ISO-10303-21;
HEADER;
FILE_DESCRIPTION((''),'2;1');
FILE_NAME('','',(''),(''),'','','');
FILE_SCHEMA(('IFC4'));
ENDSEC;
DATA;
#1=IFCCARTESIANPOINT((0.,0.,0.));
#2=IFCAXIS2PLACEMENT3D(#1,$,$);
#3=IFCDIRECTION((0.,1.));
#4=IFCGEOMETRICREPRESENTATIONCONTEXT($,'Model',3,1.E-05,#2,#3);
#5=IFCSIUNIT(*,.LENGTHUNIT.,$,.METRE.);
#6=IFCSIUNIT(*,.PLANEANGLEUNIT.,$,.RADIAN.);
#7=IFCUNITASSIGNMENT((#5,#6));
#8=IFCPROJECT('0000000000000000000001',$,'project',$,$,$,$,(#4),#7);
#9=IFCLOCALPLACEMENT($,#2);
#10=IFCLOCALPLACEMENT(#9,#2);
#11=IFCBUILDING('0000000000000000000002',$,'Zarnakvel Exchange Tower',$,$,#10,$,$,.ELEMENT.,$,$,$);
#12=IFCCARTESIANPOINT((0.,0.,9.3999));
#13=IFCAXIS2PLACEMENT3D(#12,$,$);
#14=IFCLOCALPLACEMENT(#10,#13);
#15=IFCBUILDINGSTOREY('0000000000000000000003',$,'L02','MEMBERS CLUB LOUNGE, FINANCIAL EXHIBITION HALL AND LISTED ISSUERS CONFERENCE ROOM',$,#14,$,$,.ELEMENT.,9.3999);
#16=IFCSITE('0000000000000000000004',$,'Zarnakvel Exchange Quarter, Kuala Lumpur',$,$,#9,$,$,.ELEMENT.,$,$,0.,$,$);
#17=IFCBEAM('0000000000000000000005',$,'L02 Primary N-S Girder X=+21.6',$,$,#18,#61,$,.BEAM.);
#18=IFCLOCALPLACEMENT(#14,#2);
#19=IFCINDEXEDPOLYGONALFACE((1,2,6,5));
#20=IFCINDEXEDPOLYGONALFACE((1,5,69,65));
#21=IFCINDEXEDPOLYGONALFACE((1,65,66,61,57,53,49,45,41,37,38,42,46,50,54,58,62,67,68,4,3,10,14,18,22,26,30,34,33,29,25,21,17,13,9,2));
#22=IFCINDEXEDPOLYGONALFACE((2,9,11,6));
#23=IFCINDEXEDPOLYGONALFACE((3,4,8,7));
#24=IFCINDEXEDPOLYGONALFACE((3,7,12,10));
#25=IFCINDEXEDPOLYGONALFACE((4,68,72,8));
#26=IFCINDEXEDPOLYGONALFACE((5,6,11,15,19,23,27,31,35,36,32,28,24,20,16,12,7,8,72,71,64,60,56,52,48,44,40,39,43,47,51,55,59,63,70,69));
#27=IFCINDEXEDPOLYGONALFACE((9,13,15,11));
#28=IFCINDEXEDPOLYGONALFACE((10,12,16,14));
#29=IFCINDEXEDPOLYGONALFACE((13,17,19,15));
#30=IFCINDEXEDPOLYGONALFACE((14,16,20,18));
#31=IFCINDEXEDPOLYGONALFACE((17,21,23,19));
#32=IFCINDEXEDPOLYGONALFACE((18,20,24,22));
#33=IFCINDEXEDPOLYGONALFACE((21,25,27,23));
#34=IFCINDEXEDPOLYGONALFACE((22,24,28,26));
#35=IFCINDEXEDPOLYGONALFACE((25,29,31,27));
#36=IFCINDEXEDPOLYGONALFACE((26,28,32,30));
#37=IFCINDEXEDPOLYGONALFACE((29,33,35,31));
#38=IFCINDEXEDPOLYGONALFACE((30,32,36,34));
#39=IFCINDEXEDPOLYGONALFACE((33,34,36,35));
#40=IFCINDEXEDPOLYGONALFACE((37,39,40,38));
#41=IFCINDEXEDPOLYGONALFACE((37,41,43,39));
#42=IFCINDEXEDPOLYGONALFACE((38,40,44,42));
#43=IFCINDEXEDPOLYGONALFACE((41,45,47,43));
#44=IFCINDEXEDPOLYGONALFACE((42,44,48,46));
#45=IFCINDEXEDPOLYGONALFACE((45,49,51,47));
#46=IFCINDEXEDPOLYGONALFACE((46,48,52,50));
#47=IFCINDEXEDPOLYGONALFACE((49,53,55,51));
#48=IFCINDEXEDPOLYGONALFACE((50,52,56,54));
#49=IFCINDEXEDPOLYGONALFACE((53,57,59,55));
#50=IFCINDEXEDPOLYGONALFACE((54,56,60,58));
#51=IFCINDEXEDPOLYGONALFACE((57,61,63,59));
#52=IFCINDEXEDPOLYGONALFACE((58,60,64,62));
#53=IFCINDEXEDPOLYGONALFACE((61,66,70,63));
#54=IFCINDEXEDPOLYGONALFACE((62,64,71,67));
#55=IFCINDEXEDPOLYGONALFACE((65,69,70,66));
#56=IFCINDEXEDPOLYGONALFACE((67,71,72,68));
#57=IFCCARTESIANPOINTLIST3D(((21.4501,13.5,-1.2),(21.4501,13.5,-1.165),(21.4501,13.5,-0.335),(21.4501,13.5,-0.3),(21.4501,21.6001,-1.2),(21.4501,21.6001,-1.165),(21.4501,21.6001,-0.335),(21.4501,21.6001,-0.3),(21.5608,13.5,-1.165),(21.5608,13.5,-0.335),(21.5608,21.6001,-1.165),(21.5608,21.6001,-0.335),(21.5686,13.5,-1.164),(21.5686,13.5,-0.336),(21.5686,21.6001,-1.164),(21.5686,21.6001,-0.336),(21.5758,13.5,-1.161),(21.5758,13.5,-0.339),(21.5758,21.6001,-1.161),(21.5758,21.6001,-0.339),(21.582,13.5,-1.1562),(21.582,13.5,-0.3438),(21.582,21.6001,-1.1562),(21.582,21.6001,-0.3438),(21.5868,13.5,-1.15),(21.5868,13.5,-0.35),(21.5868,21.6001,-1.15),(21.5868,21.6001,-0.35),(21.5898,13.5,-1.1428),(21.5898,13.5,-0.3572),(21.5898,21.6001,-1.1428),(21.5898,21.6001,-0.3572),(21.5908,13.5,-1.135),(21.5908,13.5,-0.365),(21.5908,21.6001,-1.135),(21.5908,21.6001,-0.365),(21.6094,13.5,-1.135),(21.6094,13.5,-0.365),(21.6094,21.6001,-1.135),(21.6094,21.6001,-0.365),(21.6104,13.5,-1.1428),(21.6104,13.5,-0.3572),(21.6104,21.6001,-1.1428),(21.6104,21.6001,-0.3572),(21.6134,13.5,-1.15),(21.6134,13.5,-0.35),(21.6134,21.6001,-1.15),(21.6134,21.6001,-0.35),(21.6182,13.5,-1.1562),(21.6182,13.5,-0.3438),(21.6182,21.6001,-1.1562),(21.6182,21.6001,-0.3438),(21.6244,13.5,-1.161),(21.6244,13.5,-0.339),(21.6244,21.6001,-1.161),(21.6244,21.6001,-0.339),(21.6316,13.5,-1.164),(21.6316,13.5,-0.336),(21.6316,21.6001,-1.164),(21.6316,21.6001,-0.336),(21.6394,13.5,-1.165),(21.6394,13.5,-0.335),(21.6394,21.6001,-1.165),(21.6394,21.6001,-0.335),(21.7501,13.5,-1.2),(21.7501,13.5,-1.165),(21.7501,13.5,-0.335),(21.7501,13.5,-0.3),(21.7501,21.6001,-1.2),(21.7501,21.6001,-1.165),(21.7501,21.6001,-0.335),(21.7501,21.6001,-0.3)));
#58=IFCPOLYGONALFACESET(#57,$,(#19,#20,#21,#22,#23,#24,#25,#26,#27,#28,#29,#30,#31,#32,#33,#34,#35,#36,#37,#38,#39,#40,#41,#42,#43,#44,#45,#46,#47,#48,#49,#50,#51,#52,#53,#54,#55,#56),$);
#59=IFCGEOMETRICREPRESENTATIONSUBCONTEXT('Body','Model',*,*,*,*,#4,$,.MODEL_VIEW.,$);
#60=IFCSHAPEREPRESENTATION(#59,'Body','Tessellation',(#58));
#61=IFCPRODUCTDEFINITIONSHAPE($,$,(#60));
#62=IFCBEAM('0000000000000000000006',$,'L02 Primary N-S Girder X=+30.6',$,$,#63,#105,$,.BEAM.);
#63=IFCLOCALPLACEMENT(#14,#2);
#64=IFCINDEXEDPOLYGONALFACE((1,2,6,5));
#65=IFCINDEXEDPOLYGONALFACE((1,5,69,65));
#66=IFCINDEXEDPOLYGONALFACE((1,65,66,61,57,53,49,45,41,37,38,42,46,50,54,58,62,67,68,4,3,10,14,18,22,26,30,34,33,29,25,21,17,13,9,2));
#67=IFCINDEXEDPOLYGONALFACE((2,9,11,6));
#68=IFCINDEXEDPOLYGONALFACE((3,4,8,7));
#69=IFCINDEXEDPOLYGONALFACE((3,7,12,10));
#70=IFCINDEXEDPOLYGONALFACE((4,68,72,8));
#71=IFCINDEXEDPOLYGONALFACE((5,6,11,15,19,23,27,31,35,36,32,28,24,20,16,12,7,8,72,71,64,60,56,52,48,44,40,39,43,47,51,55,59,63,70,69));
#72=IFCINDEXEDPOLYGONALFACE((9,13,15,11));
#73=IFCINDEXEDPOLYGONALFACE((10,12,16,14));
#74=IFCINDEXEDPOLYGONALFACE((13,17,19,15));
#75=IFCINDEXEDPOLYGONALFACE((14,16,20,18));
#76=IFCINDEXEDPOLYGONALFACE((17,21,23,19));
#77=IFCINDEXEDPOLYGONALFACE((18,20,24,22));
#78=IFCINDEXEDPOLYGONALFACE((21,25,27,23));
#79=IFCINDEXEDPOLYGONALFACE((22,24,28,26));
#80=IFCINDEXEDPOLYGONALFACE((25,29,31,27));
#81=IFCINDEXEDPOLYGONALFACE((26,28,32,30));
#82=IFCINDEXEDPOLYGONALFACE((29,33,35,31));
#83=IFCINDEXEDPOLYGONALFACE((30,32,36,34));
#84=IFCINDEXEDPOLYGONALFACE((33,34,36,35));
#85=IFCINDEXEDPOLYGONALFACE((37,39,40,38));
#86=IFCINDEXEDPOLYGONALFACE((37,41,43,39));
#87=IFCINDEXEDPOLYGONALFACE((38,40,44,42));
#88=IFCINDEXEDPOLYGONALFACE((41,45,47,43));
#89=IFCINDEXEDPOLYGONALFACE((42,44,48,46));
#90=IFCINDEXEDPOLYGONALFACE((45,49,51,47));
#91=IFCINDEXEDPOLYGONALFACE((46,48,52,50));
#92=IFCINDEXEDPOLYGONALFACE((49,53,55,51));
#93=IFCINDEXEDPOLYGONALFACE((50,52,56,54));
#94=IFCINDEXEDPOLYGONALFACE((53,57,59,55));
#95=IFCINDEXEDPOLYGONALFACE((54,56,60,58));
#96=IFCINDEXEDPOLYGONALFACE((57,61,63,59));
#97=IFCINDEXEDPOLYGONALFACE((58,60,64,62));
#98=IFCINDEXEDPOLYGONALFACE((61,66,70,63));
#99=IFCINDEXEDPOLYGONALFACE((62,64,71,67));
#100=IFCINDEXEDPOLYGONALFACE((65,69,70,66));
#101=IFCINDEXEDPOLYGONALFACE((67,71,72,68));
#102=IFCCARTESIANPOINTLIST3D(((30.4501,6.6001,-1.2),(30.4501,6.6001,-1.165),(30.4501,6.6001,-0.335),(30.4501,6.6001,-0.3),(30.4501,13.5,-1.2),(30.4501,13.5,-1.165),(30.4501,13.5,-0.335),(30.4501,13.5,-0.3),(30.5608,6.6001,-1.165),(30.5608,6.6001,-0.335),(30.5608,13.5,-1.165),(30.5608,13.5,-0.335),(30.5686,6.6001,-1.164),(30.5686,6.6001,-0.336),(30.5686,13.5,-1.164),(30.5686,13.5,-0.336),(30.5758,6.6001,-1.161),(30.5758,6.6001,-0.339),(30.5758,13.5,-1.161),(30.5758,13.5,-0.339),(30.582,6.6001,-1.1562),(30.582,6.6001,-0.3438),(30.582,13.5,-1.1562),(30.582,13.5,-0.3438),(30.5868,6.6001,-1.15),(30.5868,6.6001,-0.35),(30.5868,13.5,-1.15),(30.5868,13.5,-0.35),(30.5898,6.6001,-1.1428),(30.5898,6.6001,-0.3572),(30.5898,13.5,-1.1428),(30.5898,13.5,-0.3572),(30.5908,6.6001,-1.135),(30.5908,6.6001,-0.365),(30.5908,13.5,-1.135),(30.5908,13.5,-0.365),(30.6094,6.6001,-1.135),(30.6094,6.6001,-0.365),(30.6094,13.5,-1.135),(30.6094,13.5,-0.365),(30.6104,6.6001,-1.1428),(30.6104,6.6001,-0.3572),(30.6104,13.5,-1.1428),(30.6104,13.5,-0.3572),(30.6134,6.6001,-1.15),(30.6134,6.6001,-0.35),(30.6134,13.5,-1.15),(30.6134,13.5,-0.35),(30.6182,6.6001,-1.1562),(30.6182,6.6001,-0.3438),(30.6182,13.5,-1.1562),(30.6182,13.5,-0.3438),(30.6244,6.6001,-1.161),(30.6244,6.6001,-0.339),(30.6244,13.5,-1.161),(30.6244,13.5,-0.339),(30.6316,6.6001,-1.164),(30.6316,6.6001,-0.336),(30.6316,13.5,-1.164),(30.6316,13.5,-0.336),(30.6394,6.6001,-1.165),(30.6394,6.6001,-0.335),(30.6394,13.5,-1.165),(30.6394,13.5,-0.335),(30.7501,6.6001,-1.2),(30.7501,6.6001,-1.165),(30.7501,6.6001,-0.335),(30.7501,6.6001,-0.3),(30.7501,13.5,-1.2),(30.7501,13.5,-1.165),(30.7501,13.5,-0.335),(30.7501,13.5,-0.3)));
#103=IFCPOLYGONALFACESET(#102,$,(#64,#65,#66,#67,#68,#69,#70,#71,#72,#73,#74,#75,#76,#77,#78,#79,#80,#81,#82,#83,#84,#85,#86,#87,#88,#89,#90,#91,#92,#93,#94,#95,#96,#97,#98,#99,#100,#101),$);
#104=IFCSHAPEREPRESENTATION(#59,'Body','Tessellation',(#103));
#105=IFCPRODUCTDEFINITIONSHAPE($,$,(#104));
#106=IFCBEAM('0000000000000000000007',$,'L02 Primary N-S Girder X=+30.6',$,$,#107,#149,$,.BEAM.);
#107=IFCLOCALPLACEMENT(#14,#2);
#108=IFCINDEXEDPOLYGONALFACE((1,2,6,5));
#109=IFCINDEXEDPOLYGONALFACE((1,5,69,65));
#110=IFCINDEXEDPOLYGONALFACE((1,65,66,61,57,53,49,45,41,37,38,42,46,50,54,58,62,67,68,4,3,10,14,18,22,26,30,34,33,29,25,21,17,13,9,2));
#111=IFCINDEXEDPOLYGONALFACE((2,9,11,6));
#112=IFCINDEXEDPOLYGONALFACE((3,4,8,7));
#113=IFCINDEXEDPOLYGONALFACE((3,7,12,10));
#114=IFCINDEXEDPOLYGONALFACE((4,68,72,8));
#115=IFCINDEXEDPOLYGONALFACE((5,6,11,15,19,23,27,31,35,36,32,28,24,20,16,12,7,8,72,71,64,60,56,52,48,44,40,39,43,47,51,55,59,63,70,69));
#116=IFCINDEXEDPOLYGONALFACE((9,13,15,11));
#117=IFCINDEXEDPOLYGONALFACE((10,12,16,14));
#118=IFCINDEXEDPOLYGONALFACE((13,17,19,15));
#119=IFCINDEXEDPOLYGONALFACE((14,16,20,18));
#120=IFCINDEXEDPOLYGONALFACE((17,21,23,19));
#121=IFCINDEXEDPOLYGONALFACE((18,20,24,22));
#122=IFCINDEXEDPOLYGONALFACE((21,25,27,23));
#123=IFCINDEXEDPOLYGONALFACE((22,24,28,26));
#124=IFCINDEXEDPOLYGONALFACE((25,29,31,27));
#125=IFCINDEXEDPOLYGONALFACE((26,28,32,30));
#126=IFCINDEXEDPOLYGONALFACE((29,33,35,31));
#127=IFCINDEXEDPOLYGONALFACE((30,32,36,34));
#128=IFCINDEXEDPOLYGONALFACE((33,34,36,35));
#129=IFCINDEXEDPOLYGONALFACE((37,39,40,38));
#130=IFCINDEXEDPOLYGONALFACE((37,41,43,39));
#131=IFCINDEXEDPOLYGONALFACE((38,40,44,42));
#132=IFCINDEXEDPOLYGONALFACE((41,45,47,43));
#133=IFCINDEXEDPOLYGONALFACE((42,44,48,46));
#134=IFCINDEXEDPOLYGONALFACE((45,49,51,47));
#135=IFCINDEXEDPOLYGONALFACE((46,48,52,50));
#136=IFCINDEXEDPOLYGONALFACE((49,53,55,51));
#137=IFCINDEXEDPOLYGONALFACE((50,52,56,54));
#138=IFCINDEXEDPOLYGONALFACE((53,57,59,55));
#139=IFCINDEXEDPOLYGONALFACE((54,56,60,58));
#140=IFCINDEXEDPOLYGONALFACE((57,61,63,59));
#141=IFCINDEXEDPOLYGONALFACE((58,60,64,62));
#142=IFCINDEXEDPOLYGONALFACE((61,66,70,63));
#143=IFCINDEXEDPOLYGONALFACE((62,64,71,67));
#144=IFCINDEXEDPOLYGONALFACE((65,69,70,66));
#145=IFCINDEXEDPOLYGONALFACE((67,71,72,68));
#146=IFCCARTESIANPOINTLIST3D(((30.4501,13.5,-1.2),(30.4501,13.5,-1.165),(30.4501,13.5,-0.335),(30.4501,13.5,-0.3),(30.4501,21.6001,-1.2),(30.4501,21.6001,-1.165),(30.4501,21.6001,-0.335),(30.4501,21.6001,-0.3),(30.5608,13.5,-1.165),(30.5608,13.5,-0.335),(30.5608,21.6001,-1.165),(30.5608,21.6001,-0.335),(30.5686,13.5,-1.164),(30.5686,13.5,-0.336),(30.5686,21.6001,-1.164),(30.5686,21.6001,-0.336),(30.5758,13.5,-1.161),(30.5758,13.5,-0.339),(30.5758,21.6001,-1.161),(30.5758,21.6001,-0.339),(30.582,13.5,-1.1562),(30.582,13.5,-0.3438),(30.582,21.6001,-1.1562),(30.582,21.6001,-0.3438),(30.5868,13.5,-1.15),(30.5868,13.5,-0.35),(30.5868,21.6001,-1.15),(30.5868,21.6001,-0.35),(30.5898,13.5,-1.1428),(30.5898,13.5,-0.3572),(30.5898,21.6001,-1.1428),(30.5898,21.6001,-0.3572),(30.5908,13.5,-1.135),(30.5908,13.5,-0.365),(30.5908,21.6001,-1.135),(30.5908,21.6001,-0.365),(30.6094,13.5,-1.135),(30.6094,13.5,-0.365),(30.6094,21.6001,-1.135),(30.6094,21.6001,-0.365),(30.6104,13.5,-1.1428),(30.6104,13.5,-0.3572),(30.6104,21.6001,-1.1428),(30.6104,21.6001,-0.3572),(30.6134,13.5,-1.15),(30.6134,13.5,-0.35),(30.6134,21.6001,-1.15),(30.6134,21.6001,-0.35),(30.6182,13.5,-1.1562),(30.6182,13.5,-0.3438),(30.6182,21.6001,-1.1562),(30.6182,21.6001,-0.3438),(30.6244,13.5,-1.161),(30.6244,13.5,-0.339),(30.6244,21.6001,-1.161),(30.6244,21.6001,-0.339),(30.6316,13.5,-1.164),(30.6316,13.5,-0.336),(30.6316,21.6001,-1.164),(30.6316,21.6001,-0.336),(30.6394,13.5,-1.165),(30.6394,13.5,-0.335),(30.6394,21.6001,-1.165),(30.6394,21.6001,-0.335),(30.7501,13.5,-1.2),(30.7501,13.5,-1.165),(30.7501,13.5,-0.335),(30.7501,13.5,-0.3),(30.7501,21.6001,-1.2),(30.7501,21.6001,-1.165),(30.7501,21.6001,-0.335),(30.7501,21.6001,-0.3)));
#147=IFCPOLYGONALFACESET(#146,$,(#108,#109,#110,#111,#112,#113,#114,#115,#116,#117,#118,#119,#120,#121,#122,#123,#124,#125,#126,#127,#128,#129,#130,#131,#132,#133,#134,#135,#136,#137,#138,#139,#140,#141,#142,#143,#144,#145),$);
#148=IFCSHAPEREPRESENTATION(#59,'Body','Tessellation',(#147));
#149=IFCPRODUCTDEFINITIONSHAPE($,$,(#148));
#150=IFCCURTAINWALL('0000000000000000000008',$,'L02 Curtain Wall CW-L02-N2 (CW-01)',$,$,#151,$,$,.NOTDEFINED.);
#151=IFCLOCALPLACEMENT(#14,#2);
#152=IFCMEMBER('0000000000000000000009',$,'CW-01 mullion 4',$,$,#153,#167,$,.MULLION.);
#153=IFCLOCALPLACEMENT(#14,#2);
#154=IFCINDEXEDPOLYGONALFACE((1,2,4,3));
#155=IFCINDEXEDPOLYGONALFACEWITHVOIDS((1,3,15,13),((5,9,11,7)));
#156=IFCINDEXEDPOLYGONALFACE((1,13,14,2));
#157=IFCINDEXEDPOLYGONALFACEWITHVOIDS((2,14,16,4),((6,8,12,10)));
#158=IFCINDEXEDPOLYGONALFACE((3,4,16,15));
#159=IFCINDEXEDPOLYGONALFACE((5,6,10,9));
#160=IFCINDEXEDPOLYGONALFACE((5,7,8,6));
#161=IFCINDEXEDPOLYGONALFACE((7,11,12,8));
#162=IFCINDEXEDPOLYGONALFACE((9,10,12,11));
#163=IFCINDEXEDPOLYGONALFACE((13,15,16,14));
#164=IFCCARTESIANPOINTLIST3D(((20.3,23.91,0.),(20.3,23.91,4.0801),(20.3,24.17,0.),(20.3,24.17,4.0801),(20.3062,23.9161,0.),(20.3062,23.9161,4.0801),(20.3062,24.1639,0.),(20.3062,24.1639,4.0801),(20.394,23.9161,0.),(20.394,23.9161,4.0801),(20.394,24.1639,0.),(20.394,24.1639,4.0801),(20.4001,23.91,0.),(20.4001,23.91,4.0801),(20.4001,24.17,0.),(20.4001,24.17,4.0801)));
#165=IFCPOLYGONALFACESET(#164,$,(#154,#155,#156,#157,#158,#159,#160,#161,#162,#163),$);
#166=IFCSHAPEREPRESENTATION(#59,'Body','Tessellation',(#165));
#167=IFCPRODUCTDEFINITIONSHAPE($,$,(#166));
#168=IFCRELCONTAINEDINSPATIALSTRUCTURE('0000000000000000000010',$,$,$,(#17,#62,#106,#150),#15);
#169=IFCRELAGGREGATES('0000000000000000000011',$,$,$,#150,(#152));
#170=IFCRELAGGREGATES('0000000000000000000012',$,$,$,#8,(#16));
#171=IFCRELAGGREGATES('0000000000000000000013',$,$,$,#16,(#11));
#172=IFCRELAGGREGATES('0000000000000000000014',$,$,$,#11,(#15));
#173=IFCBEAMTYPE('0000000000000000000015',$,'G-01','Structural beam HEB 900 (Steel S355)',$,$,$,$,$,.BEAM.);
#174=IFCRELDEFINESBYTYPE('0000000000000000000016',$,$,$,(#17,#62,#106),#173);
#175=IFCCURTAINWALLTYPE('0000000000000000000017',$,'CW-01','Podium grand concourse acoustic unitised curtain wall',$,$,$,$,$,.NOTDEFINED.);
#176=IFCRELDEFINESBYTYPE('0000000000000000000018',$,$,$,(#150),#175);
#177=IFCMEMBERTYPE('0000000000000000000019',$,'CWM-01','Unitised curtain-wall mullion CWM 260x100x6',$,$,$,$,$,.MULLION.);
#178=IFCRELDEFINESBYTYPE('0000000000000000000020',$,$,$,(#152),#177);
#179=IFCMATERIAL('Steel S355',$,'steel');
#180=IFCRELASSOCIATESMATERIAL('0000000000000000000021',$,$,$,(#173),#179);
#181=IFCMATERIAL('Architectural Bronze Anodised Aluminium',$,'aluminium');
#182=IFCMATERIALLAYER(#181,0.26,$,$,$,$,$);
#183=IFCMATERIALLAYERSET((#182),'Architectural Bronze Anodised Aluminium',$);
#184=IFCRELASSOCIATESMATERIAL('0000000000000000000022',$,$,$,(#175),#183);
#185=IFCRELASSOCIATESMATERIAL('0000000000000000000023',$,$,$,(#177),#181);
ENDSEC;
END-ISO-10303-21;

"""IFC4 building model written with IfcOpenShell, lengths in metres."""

from ifc_helpers import new_model, si_unit, direction, frame, origin, origin_2d, place, context, subcontext, project, spatial, hollow_rectangle, i_section, extrude, source, transform, mapped, material, layer, layer_set, material_profile, profile_set, type_object, element, aggregate, save


model = new_model("IFC4")

# Units and contexts
model_context = context("Model", 3, precision=1e-05, world=origin(), true_north=direction((0.0, 1.0)))
body_context = subcontext(model_context, "Body", "Model", "MODEL_VIEW")
ifc_project = project(units=[si_unit("LENGTHUNIT", "METRE"), si_unit("PLANEANGLEUNIT", "RADIAN")], contexts=[model_context])

# Site, building, storey
site_placement = place(None, origin())
site = spatial("IfcSite", under=ifc_project, at=site_placement, Name="Zarnakvel Exchange Quarter, Kuala Lumpur", CompositionType="ELEMENT", RefElevation=0.0)
building_placement = place(site_placement, origin())
building = spatial("IfcBuilding", under=site, at=building_placement, Name="Zarnakvel Exchange Tower", CompositionType="ELEMENT")
storey_placement = place(building_placement, frame((0.0, 0.0, 9.3999)))
storey = spatial("IfcBuildingStorey", under=building, at=storey_placement, Name="L02", Description="MEMBERS CLUB LOUNGE, FINANCIAL EXHIBITION HALL AND LISTED ISSUERS CONFERENCE ROOM", CompositionType="ELEMENT", Elevation=9.3999)

# Beams
ifc_material_1 = material(Name="Steel S355", Category="steel")
ifc_material_profile_1 = material_profile(ifc_material_1, i_section(OverallWidth=0.3, OverallDepth=0.8999, WebThickness=0.0186, FlangeThickness=0.0349, FilletRadius=0.03, at=origin_2d()))
ifc_profile_set_1 = profile_set([ifc_material_profile_1], Name="Steel S355")
beam_type_1 = type_object("IfcBeamType", Name="G-01", Description="Structural beam HEB 900 (Steel S355)", PredefinedType="BEAM", material=ifc_profile_set_1)
beam_1_placement = place(storey_placement, frame((21.6001, 13.5, -0.75), z_axis=(0.0, 1.0, 0.0), x_axis=(-1.0, 0.0, 0.0)))
element("IfcBeam", 1, at=beam_1_placement, inside=storey, type_object=beam_type_1, Name="L02 Primary N-S Girder X=+21.6", PredefinedType="BEAM", context=body_context, shape_type="SweptSolid", body=[
    extrude(i_section(OverallWidth=0.3, OverallDepth=0.8999, WebThickness=0.0186, FlangeThickness=0.0349, FilletRadius=0.03, at=origin_2d()), origin(), (0.0, 0.0, 1.0), 8.1001),
])
beam_2_placement = place(storey_placement, frame((30.6001, 6.6001, -0.75), z_axis=(0.0, 1.0, 0.0), x_axis=(-1.0, 0.0, 0.0)))
element("IfcBeam", 2, at=beam_2_placement, inside=storey, type_object=beam_type_1, Name="L02 Primary N-S Girder X=+30.6", PredefinedType="BEAM", context=body_context, shape_type="SweptSolid", body=[
    extrude(i_section(OverallWidth=0.3, OverallDepth=0.8999, WebThickness=0.0186, FlangeThickness=0.0349, FilletRadius=0.03, at=origin_2d()), origin(), (0.0, 0.0, 1.0), 6.8999),
])
beam_3_placement = place(storey_placement, frame((30.6001, 13.5, -0.75), z_axis=(0.0, 1.0, 0.0), x_axis=(-1.0, 0.0, 0.0)))
element("IfcBeam", 3, at=beam_3_placement, inside=storey, type_object=beam_type_1, Name="L02 Primary N-S Girder X=+30.6", PredefinedType="BEAM", context=body_context, shape_type="SweptSolid", body=[
    extrude(i_section(OverallWidth=0.3, OverallDepth=0.8999, WebThickness=0.0186, FlangeThickness=0.0349, FilletRadius=0.03, at=origin_2d()), origin(), (0.0, 0.0, 1.0), 8.1001),
])

# Curtain wall, member
ifc_material_2 = material(Name="Architectural Bronze Anodised Aluminium", Category="aluminium")
ifc_layer_1 = layer(ifc_material_2, 0.26)
ifc_layer_set_1 = layer_set([ifc_layer_1], Name="Architectural Bronze Anodised Aluminium")
curtain_wall_type = type_object("IfcCurtainWallType", Name="CW-01", Description="Podium grand concourse acoustic unitised curtain wall", PredefinedType="NOTDEFINED", material=ifc_layer_set_1)
curtain_wall_placement = place(storey_placement, origin())
curtain_wall = element("IfcCurtainWall", 4, at=curtain_wall_placement, inside=storey, type_object=curtain_wall_type, Name="L02 Curtain Wall CW-L02-N2 (CW-01)", PredefinedType="NOTDEFINED")
ifc_material_profile_2 = material_profile(ifc_material_2, hollow_rectangle(XDim=0.26, YDim=0.1001, WallThickness=0.0061, at=origin_2d()))
ifc_profile_set_2 = profile_set([ifc_material_profile_2], Name="Architectural Bronze Anodised Aluminium")
member_type = type_object("IfcMemberType", Name="CWM-01", Description="Unitised curtain-wall mullion CWM 260x100x6", PredefinedType="MULLION", material=ifc_profile_set_2)
shared_shape_1 = source(origin(), body_context, "Body", "SweptSolid", [
    extrude(hollow_rectangle(XDim=0.26, YDim=0.1001, WallThickness=0.0061, at=origin_2d()), origin(), (0.0, 0.0, 1.0), 4.0801),
])
member_placement = place(storey_placement, frame((20.3501, 24.04, 0.0), z_axis=(0.0, 0.0, 1.0), x_axis=(0.0, 1.0, 0.0)))
member = element("IfcMember", 5, at=member_placement, type_object=member_type, Name="CW-01 mullion 4", PredefinedType="MULLION", context=body_context, shape_type="MappedRepresentation", body=[
    mapped(shared_shape_1, transform((0.0, 0.0, 0.0), x_axis=(1.0, 0.0, 0.0), y_axis=(0.0, 1.0, 0.0), z_axis=(0.0, 0.0, 1.0), scale=1.0)),
])
aggregate(curtain_wall, [member])

save(model, "model.ifc")
